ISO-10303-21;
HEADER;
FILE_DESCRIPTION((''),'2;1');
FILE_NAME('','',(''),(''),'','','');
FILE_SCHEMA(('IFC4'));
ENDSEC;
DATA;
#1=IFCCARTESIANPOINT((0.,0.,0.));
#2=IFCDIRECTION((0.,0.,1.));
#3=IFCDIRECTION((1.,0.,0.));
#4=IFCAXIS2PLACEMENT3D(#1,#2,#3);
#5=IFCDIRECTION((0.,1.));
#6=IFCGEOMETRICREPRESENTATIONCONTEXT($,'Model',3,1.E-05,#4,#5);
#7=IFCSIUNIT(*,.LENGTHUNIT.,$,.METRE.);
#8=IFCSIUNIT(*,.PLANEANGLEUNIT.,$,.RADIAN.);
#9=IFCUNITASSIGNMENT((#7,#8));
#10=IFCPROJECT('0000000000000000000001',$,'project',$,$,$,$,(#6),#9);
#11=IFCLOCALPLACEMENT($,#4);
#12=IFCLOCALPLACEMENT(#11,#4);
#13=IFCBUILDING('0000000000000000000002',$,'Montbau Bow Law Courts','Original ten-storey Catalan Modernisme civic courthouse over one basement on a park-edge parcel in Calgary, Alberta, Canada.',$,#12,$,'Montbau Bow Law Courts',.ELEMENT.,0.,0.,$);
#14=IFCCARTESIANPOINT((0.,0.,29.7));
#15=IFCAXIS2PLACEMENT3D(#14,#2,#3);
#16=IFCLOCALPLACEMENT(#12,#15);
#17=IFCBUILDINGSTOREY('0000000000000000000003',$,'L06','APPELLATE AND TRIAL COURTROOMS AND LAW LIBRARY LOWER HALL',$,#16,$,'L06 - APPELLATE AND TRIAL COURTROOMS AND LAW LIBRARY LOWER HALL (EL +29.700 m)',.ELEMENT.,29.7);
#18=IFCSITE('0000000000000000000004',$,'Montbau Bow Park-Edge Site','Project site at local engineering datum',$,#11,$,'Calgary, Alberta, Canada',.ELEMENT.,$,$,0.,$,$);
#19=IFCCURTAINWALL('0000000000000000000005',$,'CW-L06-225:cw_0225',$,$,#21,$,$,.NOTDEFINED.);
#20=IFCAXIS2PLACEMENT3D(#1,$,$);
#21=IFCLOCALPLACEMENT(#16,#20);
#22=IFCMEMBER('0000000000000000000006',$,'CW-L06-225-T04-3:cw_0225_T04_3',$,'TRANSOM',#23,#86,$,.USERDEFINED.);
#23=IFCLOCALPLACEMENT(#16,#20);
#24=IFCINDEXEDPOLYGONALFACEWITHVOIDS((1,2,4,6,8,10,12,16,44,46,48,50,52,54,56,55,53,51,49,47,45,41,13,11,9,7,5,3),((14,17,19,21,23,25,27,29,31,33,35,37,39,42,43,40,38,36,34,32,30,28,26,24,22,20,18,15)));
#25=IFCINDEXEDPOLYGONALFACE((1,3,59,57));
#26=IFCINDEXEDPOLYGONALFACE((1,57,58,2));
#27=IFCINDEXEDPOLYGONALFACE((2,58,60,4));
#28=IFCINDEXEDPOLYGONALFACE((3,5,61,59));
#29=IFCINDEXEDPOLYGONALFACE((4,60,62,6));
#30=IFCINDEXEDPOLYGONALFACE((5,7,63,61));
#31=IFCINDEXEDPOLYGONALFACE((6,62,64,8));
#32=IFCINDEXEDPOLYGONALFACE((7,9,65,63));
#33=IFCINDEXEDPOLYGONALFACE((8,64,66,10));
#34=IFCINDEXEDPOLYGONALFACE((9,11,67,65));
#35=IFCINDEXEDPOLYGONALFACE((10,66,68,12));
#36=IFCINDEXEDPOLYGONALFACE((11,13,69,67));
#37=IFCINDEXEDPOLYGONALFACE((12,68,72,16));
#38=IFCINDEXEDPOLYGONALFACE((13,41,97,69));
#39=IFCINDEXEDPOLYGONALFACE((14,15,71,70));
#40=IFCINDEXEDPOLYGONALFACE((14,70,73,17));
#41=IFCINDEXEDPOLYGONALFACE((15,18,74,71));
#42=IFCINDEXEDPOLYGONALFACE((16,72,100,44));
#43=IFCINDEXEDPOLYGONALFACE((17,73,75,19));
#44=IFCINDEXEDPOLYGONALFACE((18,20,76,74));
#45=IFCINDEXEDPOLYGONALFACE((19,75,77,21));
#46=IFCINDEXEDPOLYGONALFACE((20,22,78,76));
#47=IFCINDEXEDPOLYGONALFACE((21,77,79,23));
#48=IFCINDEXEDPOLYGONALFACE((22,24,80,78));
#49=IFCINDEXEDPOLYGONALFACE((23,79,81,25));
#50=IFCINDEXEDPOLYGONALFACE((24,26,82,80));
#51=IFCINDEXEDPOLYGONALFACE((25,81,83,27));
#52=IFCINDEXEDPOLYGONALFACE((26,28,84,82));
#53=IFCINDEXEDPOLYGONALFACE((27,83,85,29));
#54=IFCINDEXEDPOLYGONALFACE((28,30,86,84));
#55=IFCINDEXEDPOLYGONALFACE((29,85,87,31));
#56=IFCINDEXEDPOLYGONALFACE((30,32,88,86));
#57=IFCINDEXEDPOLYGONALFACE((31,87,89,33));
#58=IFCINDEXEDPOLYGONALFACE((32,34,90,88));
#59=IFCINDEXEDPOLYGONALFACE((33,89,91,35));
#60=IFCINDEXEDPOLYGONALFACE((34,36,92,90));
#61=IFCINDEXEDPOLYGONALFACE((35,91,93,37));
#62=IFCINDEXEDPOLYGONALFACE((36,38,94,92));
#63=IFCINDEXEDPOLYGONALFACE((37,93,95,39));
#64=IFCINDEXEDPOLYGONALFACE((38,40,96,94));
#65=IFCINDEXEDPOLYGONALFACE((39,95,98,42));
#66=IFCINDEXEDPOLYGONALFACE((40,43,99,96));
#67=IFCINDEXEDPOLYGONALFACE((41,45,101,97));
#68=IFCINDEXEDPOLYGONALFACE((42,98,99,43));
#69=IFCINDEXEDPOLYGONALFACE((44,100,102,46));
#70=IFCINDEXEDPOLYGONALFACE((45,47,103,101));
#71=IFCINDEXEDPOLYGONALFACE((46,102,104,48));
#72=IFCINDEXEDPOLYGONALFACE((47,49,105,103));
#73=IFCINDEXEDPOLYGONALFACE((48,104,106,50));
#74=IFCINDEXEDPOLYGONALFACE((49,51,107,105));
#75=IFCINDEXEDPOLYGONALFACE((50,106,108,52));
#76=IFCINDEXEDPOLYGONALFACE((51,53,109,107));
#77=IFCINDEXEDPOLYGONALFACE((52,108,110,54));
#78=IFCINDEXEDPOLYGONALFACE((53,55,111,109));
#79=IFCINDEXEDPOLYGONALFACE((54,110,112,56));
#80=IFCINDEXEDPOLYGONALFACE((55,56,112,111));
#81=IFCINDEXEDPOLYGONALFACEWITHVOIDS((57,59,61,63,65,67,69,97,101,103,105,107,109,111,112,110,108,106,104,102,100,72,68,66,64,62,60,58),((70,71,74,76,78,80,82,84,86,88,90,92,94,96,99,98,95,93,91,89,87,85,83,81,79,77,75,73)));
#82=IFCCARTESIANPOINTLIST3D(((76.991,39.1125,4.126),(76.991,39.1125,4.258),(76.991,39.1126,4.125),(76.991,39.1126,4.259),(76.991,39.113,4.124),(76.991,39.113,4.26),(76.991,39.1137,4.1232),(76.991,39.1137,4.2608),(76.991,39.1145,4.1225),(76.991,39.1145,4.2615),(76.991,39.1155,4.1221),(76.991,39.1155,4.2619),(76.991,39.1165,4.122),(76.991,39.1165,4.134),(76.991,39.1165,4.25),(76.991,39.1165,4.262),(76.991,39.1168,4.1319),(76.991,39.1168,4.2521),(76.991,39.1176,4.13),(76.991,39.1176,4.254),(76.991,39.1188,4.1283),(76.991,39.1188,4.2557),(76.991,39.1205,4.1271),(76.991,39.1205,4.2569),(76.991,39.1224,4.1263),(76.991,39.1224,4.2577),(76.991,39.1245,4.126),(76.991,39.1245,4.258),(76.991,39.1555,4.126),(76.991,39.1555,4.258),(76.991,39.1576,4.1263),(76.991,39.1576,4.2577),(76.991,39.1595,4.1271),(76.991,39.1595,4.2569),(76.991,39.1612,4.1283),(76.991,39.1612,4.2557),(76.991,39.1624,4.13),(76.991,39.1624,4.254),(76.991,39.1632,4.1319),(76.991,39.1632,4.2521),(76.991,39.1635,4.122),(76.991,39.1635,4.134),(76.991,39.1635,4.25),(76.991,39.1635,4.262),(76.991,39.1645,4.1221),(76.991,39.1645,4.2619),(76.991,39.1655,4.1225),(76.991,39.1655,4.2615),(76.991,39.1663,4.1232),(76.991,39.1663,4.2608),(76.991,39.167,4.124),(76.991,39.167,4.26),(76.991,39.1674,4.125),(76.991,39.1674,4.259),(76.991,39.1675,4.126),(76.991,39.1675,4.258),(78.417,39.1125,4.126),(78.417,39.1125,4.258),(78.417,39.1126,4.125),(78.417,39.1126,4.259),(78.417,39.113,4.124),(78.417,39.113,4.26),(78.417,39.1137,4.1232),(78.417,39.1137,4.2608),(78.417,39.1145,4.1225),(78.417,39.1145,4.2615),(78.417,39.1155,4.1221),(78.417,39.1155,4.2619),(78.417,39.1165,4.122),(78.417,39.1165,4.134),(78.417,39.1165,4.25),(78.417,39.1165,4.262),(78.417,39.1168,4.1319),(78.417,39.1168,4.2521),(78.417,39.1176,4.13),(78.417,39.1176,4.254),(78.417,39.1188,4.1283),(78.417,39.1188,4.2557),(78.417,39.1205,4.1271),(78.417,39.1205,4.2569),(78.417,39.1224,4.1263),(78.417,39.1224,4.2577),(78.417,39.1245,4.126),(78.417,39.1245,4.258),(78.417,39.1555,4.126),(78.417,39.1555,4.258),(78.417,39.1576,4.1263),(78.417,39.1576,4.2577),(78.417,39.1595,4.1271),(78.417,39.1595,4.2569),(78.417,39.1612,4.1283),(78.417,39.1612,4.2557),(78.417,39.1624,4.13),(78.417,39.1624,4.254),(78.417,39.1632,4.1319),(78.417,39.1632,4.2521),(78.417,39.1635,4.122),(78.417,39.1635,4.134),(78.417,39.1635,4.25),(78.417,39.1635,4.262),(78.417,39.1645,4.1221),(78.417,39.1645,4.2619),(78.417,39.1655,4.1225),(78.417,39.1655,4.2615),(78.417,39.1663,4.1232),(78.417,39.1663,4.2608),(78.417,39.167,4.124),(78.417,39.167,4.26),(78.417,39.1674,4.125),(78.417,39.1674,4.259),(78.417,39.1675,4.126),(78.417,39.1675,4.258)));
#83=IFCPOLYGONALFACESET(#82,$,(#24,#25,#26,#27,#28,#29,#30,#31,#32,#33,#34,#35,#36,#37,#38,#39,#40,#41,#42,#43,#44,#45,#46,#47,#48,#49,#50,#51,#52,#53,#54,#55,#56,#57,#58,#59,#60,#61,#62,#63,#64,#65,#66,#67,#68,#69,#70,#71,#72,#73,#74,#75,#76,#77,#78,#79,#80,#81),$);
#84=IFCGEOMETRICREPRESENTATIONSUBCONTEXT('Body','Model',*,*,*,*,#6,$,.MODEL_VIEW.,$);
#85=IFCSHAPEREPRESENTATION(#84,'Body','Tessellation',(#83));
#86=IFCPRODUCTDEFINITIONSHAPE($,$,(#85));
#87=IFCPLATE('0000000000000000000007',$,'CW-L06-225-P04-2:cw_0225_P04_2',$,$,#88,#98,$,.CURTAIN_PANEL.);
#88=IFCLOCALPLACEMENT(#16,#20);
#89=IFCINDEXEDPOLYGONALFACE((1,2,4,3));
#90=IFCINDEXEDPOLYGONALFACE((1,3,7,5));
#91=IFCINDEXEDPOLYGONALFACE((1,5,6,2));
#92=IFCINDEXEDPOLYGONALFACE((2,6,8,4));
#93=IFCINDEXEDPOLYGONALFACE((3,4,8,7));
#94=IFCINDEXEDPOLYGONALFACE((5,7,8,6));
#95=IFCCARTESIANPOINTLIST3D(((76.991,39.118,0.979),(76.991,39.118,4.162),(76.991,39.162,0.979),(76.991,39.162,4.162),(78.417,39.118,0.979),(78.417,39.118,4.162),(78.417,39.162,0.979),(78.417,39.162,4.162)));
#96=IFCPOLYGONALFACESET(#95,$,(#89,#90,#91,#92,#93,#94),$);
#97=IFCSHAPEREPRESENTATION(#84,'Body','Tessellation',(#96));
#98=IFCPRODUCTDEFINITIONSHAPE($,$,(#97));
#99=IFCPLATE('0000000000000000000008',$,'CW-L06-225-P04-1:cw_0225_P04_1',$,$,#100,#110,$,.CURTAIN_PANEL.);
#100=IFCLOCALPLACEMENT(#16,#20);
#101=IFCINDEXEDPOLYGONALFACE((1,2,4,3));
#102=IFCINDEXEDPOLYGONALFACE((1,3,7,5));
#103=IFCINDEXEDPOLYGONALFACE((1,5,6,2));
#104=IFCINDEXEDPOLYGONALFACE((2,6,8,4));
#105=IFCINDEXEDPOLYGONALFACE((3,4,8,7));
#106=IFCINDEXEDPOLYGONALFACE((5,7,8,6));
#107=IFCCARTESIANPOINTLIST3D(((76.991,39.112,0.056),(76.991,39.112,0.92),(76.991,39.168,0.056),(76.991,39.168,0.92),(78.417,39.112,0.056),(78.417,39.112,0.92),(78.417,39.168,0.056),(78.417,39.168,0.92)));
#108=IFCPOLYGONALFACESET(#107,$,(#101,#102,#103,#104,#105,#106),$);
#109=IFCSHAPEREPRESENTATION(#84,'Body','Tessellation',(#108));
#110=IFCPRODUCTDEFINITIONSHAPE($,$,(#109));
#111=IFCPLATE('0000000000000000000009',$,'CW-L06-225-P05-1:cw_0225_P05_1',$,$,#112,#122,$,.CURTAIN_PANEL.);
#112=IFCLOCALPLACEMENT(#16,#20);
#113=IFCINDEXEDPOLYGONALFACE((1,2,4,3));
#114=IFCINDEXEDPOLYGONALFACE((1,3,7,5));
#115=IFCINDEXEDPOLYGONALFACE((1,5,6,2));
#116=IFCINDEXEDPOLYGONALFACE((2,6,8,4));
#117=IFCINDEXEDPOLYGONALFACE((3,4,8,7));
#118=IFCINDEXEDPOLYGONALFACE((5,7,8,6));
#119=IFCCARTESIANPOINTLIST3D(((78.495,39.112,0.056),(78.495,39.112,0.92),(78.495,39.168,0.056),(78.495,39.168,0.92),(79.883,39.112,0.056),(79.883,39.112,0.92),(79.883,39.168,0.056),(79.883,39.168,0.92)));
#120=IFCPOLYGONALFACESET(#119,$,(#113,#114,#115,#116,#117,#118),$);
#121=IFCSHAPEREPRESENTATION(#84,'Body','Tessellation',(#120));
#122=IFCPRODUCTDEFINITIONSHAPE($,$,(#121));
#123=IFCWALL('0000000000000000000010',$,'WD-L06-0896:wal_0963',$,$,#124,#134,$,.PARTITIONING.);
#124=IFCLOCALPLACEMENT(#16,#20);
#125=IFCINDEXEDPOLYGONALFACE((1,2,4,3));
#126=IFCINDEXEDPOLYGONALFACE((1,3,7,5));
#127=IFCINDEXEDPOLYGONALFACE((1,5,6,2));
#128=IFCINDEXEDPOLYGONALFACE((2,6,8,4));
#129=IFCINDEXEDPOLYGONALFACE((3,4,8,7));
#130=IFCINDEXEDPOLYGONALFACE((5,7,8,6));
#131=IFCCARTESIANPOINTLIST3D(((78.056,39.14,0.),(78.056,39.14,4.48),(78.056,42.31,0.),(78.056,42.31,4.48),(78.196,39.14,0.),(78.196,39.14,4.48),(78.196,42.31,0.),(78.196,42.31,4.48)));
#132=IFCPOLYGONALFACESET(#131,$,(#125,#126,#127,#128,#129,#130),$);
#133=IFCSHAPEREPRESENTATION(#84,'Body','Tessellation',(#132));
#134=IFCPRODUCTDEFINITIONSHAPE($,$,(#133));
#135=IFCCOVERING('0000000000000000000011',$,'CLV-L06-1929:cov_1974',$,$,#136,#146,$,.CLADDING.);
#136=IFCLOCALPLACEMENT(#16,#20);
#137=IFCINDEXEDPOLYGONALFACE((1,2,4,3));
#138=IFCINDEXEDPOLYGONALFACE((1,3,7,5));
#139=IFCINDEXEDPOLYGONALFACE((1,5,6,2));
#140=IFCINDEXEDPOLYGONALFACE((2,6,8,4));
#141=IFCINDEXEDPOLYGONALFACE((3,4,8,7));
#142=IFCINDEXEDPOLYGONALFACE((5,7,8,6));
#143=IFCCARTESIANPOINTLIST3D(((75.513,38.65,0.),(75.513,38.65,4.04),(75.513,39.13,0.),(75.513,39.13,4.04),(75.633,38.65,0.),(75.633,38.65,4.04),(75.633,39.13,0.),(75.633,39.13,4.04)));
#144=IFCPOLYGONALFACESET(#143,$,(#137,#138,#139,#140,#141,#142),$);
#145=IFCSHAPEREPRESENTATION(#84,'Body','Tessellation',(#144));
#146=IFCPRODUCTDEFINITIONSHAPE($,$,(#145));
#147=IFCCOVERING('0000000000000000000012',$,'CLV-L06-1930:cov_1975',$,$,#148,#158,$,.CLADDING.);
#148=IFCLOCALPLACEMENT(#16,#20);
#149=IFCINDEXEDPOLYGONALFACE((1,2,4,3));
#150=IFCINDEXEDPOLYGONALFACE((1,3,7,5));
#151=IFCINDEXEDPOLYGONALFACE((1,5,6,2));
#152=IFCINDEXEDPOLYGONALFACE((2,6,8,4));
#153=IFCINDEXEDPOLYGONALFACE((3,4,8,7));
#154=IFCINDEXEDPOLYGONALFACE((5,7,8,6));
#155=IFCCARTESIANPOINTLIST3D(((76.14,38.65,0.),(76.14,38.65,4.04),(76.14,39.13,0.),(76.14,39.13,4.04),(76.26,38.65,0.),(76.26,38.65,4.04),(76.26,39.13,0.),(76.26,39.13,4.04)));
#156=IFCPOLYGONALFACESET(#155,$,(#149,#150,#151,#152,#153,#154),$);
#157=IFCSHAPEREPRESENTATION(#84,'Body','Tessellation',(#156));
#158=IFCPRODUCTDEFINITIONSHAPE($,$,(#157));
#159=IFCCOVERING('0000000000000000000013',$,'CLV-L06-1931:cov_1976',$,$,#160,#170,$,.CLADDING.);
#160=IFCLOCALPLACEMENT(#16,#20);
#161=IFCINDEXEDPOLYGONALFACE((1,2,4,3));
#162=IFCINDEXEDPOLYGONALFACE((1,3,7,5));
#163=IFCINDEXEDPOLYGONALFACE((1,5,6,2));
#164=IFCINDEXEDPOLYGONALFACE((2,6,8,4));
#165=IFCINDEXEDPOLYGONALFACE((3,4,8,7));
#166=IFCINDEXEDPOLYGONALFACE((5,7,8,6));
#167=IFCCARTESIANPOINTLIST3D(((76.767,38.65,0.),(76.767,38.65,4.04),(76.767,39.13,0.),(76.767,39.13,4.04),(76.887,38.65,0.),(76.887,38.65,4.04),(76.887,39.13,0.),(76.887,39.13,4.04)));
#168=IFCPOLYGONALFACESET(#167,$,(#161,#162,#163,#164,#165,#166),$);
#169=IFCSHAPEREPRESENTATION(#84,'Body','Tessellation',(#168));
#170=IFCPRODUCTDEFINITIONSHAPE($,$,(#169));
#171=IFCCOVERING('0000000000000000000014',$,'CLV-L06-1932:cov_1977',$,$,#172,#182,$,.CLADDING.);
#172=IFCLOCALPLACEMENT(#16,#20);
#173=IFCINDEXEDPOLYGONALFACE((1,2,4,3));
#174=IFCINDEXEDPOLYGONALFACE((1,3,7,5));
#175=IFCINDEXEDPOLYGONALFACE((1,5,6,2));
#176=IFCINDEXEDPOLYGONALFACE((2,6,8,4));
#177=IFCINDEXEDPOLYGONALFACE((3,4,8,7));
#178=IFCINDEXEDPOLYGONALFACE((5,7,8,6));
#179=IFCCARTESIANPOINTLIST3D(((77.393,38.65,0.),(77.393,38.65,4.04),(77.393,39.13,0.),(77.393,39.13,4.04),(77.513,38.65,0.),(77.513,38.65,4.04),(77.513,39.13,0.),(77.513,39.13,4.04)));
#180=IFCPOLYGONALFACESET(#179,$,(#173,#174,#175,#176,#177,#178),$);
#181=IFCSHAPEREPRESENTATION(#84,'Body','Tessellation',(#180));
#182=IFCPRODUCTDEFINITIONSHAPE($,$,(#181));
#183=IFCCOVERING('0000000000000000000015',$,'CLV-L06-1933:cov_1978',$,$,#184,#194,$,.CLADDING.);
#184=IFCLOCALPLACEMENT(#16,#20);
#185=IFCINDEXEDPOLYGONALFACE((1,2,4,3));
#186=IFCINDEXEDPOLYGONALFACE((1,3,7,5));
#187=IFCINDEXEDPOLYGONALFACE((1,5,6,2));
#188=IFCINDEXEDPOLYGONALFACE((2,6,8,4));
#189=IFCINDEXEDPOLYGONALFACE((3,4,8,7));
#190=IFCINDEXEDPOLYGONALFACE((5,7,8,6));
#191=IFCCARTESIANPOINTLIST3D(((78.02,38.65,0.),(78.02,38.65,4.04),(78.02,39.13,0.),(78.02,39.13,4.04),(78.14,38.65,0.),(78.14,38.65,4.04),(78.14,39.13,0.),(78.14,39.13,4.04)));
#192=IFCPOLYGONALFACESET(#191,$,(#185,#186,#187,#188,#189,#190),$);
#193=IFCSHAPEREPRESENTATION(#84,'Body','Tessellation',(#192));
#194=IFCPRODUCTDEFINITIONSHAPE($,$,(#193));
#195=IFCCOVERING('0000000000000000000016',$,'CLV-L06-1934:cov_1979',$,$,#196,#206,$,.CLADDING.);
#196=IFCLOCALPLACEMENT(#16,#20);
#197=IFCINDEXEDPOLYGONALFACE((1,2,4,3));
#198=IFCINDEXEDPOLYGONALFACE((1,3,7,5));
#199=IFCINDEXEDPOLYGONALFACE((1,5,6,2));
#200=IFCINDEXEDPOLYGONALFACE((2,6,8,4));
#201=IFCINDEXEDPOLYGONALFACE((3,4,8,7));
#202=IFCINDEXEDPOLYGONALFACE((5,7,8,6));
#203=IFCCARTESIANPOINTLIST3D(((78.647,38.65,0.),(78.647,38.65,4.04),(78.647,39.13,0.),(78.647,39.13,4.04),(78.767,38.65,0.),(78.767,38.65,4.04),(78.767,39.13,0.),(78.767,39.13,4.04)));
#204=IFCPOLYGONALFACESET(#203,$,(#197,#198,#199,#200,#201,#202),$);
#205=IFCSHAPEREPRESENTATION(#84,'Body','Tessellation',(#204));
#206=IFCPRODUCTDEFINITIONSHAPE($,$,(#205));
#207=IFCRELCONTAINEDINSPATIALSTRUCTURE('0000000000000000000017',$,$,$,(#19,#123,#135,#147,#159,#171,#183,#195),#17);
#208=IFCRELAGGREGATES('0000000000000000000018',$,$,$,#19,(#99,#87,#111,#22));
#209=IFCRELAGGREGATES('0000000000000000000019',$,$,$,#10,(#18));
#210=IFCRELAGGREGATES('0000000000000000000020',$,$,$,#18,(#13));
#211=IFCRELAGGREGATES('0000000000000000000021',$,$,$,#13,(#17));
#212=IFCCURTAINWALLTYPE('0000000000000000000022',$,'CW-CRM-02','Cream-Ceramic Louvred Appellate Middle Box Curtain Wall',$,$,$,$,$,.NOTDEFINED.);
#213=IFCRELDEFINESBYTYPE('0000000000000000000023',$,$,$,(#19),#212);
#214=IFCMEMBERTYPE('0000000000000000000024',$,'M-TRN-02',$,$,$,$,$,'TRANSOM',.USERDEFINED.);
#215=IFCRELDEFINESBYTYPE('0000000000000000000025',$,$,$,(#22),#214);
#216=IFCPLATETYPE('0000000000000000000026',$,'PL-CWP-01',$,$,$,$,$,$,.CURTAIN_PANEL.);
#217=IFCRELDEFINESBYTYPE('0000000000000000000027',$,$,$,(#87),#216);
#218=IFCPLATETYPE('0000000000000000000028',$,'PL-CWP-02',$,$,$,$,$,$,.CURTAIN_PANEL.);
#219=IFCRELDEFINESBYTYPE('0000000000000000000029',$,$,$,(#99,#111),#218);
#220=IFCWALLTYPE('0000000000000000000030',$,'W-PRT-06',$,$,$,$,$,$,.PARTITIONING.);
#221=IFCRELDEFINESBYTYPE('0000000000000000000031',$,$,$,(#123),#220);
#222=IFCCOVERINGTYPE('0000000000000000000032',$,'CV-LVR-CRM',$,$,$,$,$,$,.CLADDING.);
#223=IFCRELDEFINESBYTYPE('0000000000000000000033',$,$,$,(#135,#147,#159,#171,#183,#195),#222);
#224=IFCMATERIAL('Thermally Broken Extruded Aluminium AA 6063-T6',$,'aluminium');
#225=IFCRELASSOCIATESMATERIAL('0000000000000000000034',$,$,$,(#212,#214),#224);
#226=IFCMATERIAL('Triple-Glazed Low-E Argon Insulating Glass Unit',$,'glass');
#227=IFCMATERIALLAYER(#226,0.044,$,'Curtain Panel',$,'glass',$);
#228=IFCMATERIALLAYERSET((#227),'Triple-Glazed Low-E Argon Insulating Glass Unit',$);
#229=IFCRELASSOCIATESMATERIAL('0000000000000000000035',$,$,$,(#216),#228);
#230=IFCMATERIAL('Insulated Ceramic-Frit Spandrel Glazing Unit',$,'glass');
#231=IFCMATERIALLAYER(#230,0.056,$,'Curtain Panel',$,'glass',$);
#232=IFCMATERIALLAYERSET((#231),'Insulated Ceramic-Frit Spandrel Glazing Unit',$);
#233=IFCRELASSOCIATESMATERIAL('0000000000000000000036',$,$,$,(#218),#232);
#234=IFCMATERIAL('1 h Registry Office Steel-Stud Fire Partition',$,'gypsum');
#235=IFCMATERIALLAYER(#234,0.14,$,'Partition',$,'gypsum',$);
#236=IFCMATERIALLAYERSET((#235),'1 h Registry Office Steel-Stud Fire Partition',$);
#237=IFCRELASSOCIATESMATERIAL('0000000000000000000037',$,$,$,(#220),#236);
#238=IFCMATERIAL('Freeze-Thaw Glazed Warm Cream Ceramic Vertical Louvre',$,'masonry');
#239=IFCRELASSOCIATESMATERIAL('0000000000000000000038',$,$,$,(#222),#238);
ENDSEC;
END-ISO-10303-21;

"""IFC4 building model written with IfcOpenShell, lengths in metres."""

from ifc_helpers import new_model, si_unit, direction, frame, frame_2d, origin_with_axes, origin_2d_with_axis, place, context, subcontext, project, spatial, rectangle, hollow_rectangle, extrude, material, layer, layer_set, material_profile, profile_set, type_object, element, aggregate, save


model = new_model("IFC4")

# Units and contexts
model_context = context("Model", 3, precision=1e-05, world=origin_with_axes(), true_north=direction((0.0, 1.0)))
body_context = subcontext(model_context, "Body", "Model", "MODEL_VIEW")
ifc_project = project(units=[si_unit("LENGTHUNIT", "METRE"), si_unit("PLANEANGLEUNIT", "RADIAN")], contexts=[model_context])

# Site, building, storey
site_placement = place(None, origin_with_axes())
site = spatial("IfcSite", under=ifc_project, at=site_placement, Name="Montbau Bow Park-Edge Site", Description="Project site at local engineering datum", LongName="Calgary, Alberta, Canada", CompositionType="ELEMENT", RefElevation=0.0)
building_placement = place(site_placement, origin_with_axes())
building = spatial("IfcBuilding", under=site, at=building_placement, Name="Montbau Bow Law Courts", Description="Original ten-storey Catalan Modernisme civic courthouse over one basement on a park-edge parcel in Calgary, Alberta, Canada.", LongName="Montbau Bow Law Courts", CompositionType="ELEMENT", ElevationOfRefHeight=0.0, ElevationOfTerrain=0.0)
storey_placement = place(building_placement, frame((0.0, 0.0, 29.7), z_axis=(0.0, 0.0, 1.0), x_axis=(1.0, 0.0, 0.0)))
storey = spatial("IfcBuildingStorey", under=building, at=storey_placement, Name="L06", Description="APPELLATE AND TRIAL COURTROOMS AND LAW LIBRARY LOWER HALL", LongName="L06 - APPELLATE AND TRIAL COURTROOMS AND LAW LIBRARY LOWER HALL (EL +29.700 m)", CompositionType="ELEMENT", Elevation=29.7)

# Curtain wall, member, plates
ifc_material_1 = material(Name="Thermally Broken Extruded Aluminium AA 6063-T6", Category="aluminium")
curtain_wall_type = type_object("IfcCurtainWallType", Name="CW-CRM-02", Description="Cream-Ceramic Louvred Appellate Middle Box Curtain Wall", PredefinedType="NOTDEFINED", material=ifc_material_1)
curtain_wall_placement = place(None, frame((72.44, 39.14, 29.7), z_axis=(0.0, 0.0, 1.0), x_axis=(1.0, 0.0, 0.0)))
curtain_wall = element("IfcCurtainWall", 1, at=curtain_wall_placement, inside=storey, type_object=curtain_wall_type, Name="CW-L06-225:cw_0225", PredefinedType="NOTDEFINED")
ifc_material_profile_1 = material_profile(ifc_material_1, hollow_rectangle(XDim=0.055, YDim=0.14, WallThickness=0.004, InnerFilletRadius=0.008, OuterFilletRadius=0.004, at=origin_2d_with_axis()), Name="CWT-140X55", Category="Main", Priority=0)
ifc_profile_set_1 = profile_set([ifc_material_profile_1], Name="Thermally Broken Extruded Aluminium AA 6063-T6")
member_type_1 = type_object("IfcMemberType", Name="M-TRN-02", ElementType="TRANSOM", PredefinedType="USERDEFINED", material=ifc_profile_set_1)
member_1_placement = place(None, frame((76.991, 39.14, 33.892), z_axis=(1.0, 0.0, 0.0), x_axis=(0.0, 1.0, 0.0)))
member_1 = element("IfcMember", 2, at=member_1_placement, type_object=member_type_1, Name="CW-L06-225-T04-3:cw_0225_T04_3", ObjectType="TRANSOM", PredefinedType="USERDEFINED", context=body_context, shape_type="SweptSolid", body=[
    extrude(hollow_rectangle(XDim=0.055, YDim=0.14, WallThickness=0.004, InnerFilletRadius=0.008, OuterFilletRadius=0.004, at=origin_2d_with_axis()), origin_with_axes(), (0.0, 0.0, 1.0), 1.426),
])
ifc_material_2 = material(Name="Triple-Glazed Low-E Argon Insulating Glass Unit", Category="glass")
ifc_layer_1 = layer(ifc_material_2, 0.044, Name="Curtain Panel", Category="glass")
ifc_layer_set_1 = layer_set([ifc_layer_1], Name="Triple-Glazed Low-E Argon Insulating Glass Unit")
plate_type_1 = type_object("IfcPlateType", Name="PL-CWP-01", PredefinedType="CURTAIN_PANEL", material=ifc_layer_set_1)
plate_1_placement = place(None, frame((76.991, 39.14, 30.679), z_axis=(0.0, -1.0, 0.0), x_axis=(1.0, 0.0, 0.0)))
plate_1 = element("IfcPlate", 3, at=plate_1_placement, type_object=plate_type_1, Name="CW-L06-225-P04-2:cw_0225_P04_2", PredefinedType="CURTAIN_PANEL", context=body_context, shape_type="SweptSolid", body=[
    extrude(rectangle(XDim=1.426, YDim=3.183, at=frame_2d((0.713, 1.5915), x_axis=(1.0, 0.0))), frame((0.0, 0.0, -0.022), z_axis=(0.0, 0.0, 1.0), x_axis=(1.0, 0.0, 0.0)), (0.0, 0.0, 1.0), 0.044),
])
ifc_material_3 = material(Name="Insulated Ceramic-Frit Spandrel Glazing Unit", Category="glass")
ifc_layer_2 = layer(ifc_material_3, 0.056, Name="Curtain Panel", Category="glass")
ifc_layer_set_2 = layer_set([ifc_layer_2], Name="Insulated Ceramic-Frit Spandrel Glazing Unit")
plate_type_2 = type_object("IfcPlateType", Name="PL-CWP-02", PredefinedType="CURTAIN_PANEL", material=ifc_layer_set_2)
plate_2_placement = place(None, frame((76.991, 39.14, 29.756), z_axis=(0.0, -1.0, 0.0), x_axis=(1.0, 0.0, 0.0)))
plate_2 = element("IfcPlate", 4, at=plate_2_placement, type_object=plate_type_2, Name="CW-L06-225-P04-1:cw_0225_P04_1", PredefinedType="CURTAIN_PANEL", context=body_context, shape_type="SweptSolid", body=[
    extrude(rectangle(XDim=1.426, YDim=0.864, at=frame_2d((0.713, 0.432), x_axis=(1.0, 0.0))), frame((0.0, 0.0, -0.028), z_axis=(0.0, 0.0, 1.0), x_axis=(1.0, 0.0, 0.0)), (0.0, 0.0, 1.0), 0.056),
])
plate_3_placement = place(None, frame((78.495, 39.14, 29.756), z_axis=(0.0, -1.0, 0.0), x_axis=(1.0, 0.0, 0.0)))
plate_3 = element("IfcPlate", 5, at=plate_3_placement, type_object=plate_type_2, Name="CW-L06-225-P05-1:cw_0225_P05_1", PredefinedType="CURTAIN_PANEL", context=body_context, shape_type="SweptSolid", body=[
    extrude(rectangle(XDim=1.388, YDim=0.864, at=frame_2d((0.694, 0.432), x_axis=(1.0, 0.0))), frame((0.0, 0.0, -0.028), z_axis=(0.0, 0.0, 1.0), x_axis=(1.0, 0.0, 0.0)), (0.0, 0.0, 1.0), 0.056),
])
aggregate(curtain_wall, [plate_2, plate_1, plate_3, member_1])

# Wall
ifc_material_4 = material(Name="1 h Registry Office Steel-Stud Fire Partition", Category="gypsum")
ifc_layer_3 = layer(ifc_material_4, 0.14, Name="Partition", Category="gypsum")
ifc_layer_set_3 = layer_set([ifc_layer_3], Name="1 h Registry Office Steel-Stud Fire Partition")
wall_type = type_object("IfcWallType", Name="W-PRT-06", PredefinedType="PARTITIONING", material=ifc_layer_set_3)
wall_placement = place(None, frame((78.126, 39.14, 29.7), z_axis=(0.0, 0.0, 1.0), x_axis=(0.0, 1.0, 0.0)))
element("IfcWall", 6, at=wall_placement, inside=storey, type_object=wall_type, Name="WD-L06-0896:wal_0963", PredefinedType="PARTITIONING", context=body_context, shape_type="SweptSolid", body=[
    extrude(rectangle(XDim=3.17, YDim=0.14, at=frame_2d((1.585, 0.0), x_axis=(1.0, 0.0))), origin_with_axes(), (0.0, 0.0, 1.0), 4.48),
])

# Coverings
ifc_material_5 = material(Name="Freeze-Thaw Glazed Warm Cream Ceramic Vertical Louvre", Category="masonry")
covering_type = type_object("IfcCoveringType", Name="CV-LVR-CRM", PredefinedType="CLADDING", material=ifc_material_5)
for number, where, z_axis, x_axis, name in (
    (7, (75.573, 39.13, 29.7), (-1.0, 0.0, 0.0), (0.0, -1.0, 0.0), "CLV-L06-1929:cov_1974"),
    (8, (76.2, 39.13, 29.7), (-1.0, 0.0, 0.0), (0.0, -1.0, 0.0), "CLV-L06-1930:cov_1975"),
    (9, (76.827, 39.13, 29.7), (-1.0, 0.0, 0.0), (0.0, -1.0, 0.0), "CLV-L06-1931:cov_1976"),
    (10, (77.453, 39.13, 29.7), (-1.0, 0.0, 0.0), (0.0, -1.0, 0.0), "CLV-L06-1932:cov_1977"),
    (11, (78.08, 39.13, 29.7), (-1.0, 0.0, 0.0), (0.0, -1.0, 0.0), "CLV-L06-1933:cov_1978"),
    (12, (78.707, 39.13, 29.7), (-1.0, 0.0, 0.0), (0.0, -1.0, 0.0), "CLV-L06-1934:cov_1979"),
):
    element("IfcCovering", number, at=place(None, frame(where, z_axis=z_axis, x_axis=x_axis)), inside=storey, type_object=covering_type, Name=name, PredefinedType="CLADDING", context=body_context, shape_type="SweptSolid", body=[
        extrude(rectangle(XDim=0.48, YDim=4.04, at=frame_2d((0.24, 2.02), x_axis=(1.0, 0.0))), frame((0.0, 0.0, -0.06), z_axis=(0.0, 0.0, 1.0), x_axis=(1.0, 0.0, 0.0)), (0.0, 0.0, 1.0), 0.12),
    ])

save(model, "model.ifc")
